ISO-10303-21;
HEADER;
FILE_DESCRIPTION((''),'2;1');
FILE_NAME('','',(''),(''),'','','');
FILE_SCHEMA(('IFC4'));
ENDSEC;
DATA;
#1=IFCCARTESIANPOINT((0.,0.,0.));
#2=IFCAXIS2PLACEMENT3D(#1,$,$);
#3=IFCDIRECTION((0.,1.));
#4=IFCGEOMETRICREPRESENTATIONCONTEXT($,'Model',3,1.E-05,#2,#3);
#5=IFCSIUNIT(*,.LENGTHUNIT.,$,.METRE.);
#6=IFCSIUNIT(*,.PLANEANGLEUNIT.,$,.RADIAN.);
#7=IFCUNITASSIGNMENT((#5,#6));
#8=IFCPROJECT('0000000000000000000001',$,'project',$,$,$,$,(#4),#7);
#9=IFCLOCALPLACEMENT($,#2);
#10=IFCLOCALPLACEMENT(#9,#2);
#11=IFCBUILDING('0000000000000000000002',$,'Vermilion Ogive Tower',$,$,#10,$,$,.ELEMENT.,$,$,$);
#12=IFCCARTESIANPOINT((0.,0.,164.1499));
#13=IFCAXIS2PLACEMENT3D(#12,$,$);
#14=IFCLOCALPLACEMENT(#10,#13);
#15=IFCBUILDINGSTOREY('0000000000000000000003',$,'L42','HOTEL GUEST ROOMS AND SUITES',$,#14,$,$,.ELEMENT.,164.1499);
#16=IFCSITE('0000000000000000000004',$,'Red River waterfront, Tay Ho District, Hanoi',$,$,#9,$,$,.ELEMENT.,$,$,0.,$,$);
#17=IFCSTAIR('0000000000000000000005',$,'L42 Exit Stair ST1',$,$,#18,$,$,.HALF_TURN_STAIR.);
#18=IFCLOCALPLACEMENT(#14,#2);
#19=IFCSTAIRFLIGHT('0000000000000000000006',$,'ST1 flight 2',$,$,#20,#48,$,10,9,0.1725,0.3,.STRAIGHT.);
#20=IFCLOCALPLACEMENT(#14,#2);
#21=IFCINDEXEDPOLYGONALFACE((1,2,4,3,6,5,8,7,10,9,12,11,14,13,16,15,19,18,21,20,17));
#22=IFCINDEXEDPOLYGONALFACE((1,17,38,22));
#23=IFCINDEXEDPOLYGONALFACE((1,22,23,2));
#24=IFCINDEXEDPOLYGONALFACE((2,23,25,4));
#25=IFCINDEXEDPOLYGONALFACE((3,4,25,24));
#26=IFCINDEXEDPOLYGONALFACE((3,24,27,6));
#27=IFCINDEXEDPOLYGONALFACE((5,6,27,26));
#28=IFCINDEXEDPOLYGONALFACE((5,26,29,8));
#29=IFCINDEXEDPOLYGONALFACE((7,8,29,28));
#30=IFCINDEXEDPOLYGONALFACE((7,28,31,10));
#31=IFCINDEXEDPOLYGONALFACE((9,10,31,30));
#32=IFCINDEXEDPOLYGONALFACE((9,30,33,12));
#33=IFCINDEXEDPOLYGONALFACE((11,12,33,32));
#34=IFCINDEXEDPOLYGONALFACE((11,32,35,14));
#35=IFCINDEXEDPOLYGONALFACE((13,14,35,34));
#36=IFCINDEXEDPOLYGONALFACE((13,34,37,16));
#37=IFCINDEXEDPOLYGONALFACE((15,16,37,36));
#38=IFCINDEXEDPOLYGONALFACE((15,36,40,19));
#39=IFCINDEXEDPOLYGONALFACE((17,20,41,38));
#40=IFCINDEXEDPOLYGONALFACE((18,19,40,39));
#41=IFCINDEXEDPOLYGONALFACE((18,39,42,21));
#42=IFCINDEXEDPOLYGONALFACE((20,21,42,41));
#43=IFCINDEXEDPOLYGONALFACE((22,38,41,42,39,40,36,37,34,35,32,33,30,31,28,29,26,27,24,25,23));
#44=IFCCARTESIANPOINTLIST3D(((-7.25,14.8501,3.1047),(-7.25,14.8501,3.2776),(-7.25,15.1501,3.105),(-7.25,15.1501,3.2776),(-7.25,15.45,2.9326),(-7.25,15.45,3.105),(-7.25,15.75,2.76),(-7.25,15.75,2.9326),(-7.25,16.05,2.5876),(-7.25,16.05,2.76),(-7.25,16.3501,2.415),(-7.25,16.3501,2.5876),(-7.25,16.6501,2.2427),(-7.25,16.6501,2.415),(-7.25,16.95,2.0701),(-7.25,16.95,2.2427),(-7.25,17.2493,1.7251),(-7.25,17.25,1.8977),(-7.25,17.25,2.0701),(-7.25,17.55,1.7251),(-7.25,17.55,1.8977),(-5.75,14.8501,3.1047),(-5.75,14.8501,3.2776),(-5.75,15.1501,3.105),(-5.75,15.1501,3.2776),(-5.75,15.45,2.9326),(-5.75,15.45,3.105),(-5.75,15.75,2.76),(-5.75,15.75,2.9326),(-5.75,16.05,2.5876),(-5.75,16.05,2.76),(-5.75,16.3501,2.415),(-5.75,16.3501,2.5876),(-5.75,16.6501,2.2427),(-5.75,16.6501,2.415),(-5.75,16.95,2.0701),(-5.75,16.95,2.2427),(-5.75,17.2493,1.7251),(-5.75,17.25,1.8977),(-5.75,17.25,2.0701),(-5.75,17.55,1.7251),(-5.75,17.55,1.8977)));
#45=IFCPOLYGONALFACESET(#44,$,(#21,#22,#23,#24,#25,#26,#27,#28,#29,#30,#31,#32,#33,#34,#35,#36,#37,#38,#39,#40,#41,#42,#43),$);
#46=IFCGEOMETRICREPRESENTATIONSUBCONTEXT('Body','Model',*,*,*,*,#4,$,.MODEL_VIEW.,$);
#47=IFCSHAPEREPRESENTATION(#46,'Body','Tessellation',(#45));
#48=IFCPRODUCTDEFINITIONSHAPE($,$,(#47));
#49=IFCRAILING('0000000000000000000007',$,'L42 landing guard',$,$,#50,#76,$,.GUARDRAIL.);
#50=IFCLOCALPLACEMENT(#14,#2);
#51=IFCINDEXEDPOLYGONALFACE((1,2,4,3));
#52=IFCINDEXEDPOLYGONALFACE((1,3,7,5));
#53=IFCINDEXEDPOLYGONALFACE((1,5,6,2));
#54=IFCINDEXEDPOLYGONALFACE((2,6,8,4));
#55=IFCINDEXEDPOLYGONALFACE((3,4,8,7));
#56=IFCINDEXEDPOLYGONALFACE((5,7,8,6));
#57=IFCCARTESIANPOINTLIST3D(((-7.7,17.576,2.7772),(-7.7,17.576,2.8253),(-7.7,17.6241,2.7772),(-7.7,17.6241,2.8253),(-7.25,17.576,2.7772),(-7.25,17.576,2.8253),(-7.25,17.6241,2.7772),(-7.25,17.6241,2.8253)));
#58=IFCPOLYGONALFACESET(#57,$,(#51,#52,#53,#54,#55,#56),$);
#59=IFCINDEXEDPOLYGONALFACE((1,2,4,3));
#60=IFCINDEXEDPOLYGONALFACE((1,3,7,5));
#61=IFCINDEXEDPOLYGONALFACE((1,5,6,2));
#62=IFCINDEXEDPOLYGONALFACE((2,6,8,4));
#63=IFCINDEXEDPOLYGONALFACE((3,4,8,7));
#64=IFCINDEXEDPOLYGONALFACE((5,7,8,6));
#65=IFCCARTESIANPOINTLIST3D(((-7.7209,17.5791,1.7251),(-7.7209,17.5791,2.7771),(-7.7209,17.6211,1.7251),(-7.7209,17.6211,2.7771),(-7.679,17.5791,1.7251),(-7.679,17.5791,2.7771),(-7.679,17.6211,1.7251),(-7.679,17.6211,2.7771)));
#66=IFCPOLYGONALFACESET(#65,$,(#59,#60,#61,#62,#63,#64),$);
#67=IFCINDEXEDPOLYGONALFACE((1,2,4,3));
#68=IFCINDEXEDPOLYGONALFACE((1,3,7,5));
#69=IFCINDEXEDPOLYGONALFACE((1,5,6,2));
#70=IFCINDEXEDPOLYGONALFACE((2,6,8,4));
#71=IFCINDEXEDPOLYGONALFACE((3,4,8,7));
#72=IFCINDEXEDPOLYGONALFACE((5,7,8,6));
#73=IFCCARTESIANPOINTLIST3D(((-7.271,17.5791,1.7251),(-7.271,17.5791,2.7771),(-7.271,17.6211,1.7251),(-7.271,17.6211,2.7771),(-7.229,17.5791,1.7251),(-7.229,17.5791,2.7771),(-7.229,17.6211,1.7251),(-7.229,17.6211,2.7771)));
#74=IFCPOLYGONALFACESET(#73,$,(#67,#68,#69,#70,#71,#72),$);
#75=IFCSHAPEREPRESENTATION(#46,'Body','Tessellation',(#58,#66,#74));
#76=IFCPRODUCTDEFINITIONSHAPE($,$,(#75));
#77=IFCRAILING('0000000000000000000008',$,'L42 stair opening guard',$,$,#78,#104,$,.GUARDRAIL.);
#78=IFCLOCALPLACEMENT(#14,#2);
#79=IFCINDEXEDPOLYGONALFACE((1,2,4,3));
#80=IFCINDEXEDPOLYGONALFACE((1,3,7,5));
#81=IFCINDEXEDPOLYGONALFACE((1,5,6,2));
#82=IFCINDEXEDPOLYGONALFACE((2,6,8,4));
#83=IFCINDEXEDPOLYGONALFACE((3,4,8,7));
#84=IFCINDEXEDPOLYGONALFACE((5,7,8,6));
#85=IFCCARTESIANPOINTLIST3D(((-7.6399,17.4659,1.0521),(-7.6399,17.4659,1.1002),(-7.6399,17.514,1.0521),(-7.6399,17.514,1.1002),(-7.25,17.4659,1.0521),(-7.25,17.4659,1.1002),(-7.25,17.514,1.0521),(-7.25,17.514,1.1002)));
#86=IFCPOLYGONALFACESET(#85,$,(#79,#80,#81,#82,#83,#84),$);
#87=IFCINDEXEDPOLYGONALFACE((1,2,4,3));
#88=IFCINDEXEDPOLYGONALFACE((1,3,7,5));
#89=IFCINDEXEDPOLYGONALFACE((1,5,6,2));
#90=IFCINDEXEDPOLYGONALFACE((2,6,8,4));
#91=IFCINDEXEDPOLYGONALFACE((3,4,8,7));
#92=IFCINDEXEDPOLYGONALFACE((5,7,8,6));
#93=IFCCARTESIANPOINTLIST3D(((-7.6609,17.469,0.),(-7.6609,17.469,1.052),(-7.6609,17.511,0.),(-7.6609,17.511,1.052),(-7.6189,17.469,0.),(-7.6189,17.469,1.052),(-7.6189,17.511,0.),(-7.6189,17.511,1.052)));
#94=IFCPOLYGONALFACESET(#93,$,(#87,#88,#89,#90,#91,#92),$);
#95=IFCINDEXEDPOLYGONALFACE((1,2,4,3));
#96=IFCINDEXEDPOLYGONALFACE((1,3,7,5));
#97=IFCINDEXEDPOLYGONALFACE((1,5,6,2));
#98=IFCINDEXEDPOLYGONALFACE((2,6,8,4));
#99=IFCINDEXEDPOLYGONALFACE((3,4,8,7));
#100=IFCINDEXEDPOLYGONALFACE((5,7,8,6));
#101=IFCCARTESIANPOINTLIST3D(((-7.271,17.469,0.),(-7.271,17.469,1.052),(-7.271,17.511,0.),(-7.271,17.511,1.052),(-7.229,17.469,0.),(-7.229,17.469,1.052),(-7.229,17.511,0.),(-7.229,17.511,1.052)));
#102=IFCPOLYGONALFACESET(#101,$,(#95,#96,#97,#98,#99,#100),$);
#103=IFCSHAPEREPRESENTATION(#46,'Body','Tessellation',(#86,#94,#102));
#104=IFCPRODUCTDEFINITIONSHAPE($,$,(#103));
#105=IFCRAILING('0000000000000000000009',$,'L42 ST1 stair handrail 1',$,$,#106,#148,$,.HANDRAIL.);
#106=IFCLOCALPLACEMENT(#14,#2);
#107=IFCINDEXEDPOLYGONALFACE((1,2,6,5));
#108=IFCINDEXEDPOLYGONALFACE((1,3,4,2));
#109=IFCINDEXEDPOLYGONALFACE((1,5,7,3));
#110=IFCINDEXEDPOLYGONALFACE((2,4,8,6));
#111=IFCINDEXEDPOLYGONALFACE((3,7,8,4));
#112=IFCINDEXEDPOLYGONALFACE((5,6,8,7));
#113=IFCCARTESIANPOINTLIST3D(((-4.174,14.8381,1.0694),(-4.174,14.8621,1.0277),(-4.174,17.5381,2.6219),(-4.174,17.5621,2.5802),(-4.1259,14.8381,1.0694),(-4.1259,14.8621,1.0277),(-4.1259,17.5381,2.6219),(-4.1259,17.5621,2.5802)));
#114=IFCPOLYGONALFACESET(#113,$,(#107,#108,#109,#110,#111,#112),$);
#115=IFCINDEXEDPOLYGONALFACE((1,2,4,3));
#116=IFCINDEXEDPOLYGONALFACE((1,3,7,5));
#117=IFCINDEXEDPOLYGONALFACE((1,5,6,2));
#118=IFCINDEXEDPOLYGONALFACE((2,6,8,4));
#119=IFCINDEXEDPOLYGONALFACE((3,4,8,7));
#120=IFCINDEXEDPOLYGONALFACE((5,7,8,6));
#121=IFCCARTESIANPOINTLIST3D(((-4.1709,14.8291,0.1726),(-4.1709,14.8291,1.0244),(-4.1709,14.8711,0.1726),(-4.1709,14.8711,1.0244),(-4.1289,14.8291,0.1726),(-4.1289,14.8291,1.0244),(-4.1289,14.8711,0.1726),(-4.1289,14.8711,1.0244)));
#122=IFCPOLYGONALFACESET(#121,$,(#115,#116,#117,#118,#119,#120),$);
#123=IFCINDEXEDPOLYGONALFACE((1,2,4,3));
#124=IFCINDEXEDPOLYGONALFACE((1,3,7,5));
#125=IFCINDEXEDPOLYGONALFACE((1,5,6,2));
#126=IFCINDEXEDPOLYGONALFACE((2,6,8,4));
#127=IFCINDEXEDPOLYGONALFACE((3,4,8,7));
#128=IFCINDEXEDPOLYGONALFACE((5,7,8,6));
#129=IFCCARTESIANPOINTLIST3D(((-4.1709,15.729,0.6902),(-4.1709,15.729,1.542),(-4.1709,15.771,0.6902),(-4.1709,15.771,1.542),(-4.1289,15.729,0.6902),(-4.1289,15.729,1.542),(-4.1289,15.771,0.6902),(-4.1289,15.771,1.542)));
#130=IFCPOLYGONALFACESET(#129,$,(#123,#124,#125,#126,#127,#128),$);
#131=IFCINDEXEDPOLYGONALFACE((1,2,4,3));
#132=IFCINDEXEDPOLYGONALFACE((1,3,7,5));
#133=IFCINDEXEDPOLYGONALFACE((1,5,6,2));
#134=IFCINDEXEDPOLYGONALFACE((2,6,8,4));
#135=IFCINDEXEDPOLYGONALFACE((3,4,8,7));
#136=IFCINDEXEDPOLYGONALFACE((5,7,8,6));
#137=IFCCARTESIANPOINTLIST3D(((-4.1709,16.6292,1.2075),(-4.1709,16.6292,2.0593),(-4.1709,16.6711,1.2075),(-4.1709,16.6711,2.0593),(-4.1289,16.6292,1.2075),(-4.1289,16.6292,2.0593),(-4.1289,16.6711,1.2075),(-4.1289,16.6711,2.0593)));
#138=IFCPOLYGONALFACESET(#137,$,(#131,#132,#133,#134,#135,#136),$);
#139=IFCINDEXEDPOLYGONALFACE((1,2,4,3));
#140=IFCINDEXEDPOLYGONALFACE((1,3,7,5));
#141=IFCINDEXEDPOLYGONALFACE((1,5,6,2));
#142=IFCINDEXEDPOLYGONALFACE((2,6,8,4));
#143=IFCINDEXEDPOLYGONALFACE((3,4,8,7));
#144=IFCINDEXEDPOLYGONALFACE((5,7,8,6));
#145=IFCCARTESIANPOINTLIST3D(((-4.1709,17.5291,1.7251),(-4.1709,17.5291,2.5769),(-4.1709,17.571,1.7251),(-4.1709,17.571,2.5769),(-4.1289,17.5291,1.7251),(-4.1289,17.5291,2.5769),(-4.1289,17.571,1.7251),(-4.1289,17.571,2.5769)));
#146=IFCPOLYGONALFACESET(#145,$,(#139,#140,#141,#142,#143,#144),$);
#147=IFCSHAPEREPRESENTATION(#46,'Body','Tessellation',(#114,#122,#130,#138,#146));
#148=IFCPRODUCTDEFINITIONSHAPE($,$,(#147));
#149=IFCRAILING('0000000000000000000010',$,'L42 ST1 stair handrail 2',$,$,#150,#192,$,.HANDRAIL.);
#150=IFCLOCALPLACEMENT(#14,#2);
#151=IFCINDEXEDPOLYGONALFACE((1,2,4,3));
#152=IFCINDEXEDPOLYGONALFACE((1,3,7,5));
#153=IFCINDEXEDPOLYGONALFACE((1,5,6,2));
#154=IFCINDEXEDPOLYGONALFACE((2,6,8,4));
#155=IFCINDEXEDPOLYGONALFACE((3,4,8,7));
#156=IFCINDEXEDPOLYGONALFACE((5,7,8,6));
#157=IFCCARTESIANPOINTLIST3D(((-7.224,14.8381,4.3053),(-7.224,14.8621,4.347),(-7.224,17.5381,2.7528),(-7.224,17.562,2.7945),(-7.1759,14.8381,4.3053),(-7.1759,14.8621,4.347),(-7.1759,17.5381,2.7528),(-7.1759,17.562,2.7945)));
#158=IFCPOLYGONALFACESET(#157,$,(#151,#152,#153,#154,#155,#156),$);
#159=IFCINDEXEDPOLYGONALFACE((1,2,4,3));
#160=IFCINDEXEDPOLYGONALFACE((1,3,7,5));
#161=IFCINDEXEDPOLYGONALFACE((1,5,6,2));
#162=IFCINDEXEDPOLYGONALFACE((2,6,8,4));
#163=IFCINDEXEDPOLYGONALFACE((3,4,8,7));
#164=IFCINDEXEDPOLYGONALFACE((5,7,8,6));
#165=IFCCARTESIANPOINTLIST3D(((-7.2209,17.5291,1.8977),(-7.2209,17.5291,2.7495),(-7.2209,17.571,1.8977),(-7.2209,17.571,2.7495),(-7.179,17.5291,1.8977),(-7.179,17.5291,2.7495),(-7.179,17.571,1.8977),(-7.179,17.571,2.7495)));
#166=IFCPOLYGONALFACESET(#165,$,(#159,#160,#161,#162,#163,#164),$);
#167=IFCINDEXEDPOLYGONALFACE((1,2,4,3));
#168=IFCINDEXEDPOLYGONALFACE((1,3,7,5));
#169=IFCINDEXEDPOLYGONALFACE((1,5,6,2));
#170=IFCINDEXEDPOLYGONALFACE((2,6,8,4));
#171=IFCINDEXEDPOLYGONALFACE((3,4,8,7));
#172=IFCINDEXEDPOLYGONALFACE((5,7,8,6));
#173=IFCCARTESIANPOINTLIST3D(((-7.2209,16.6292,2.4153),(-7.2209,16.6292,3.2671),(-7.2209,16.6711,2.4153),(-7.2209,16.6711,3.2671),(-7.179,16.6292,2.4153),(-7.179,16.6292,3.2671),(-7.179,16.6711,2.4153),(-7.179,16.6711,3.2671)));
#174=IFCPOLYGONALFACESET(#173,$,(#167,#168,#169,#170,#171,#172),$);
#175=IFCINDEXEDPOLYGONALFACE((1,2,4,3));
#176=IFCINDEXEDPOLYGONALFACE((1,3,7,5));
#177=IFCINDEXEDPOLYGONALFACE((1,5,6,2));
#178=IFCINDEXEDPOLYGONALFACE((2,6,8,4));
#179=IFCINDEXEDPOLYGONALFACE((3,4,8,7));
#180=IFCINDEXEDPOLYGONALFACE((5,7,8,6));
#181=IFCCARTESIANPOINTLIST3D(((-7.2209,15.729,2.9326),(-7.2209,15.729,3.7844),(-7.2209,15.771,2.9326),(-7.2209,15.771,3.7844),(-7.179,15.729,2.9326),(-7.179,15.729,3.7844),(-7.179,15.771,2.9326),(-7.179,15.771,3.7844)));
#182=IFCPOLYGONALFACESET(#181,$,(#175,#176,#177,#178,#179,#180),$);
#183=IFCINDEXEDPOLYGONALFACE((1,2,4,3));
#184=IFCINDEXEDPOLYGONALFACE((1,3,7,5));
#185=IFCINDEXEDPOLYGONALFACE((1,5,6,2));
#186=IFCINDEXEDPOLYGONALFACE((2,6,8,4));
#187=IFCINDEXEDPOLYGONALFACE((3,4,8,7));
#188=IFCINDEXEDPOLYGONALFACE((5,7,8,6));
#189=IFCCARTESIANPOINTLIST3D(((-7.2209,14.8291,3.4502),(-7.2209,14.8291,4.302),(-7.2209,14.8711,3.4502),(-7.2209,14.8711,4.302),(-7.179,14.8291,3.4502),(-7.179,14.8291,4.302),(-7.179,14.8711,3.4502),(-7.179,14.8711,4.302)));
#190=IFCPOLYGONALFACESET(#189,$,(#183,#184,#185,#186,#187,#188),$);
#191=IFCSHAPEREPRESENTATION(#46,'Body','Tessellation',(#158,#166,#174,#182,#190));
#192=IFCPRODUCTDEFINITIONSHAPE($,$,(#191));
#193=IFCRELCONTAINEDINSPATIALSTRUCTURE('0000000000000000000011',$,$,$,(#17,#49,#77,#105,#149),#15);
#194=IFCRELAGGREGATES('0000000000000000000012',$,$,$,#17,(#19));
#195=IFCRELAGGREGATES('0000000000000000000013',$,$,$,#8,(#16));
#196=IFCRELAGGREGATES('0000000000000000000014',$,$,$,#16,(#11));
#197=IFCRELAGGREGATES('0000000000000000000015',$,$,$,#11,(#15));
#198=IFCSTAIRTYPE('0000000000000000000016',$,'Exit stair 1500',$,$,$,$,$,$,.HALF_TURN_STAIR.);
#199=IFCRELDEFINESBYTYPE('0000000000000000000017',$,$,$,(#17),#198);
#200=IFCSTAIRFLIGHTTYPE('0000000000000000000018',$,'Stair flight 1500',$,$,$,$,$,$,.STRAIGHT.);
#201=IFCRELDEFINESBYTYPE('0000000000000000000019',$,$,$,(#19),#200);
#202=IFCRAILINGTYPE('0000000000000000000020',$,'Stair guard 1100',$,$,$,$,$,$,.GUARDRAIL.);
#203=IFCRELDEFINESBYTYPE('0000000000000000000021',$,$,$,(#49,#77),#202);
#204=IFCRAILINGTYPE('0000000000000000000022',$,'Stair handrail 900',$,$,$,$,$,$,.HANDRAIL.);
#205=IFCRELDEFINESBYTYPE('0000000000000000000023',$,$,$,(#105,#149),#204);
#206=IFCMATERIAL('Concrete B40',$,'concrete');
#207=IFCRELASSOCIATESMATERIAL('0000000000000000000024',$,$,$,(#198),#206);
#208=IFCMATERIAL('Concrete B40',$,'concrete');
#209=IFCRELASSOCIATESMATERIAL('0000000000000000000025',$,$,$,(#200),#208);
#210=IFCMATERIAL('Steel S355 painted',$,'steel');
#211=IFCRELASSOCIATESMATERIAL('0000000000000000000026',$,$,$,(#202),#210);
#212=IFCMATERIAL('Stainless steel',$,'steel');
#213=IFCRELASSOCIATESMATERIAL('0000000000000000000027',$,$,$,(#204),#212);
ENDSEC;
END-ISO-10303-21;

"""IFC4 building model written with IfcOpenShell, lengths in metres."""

from ifc_helpers import new_model, si_unit, direction, frame, origin, origin_2d, place, context, subcontext, project, spatial, polyline, rectangle, outline, extrude, material, type_object, element, aggregate, save


model = new_model("IFC4")

# Units and contexts
model_context = context("Model", 3, precision=1e-05, world=origin(), true_north=direction((0.0, 1.0)))
body_context = subcontext(model_context, "Body", "Model", "MODEL_VIEW")
ifc_project = project(units=[si_unit("LENGTHUNIT", "METRE"), si_unit("PLANEANGLEUNIT", "RADIAN")], contexts=[model_context])

# Site, building, storey
site_placement = place(None, origin())
site = spatial("IfcSite", under=ifc_project, at=site_placement, Name="Red River waterfront, Tay Ho District, Hanoi", CompositionType="ELEMENT", RefElevation=0.0)
building_placement = place(site_placement, origin())
building = spatial("IfcBuilding", under=site, at=building_placement, Name="Vermilion Ogive Tower", CompositionType="ELEMENT")
storey_placement = place(building_placement, frame((0.0, 0.0, 164.1499)))
storey = spatial("IfcBuildingStorey", under=building, at=storey_placement, Name="L42", Description="HOTEL GUEST ROOMS AND SUITES", CompositionType="ELEMENT", Elevation=164.1499)

# Stair, stair flight
ifc_material_1 = material(Name="Concrete B40", Category="concrete")
stair_type = type_object("IfcStairType", Name="Exit stair 1500", PredefinedType="HALF_TURN_STAIR", material=ifc_material_1)
stair_placement = place(storey_placement, origin())
stair = element("IfcStair", 1, at=stair_placement, inside=storey, type_object=stair_type, Name="L42 Exit Stair ST1", PredefinedType="HALF_TURN_STAIR")
ifc_material_2 = material(Name="Concrete B40", Category="concrete")
stair_flight_type = type_object("IfcStairFlightType", Name="Stair flight 1500", PredefinedType="STRAIGHT", material=ifc_material_2)
stair_flight_placement = place(storey_placement, frame((-6.5, 17.55, 1.7251), z_axis=(0.0, 0.0, 1.0), x_axis=(0.0, -1.0, 0.0)))
stair_flight = element("IfcStairFlight", 2, at=stair_flight_placement, type_object=stair_flight_type, Name="ST1 flight 2", NumberOfRisers=10, NumberOfTreads=9, PredefinedType="STRAIGHT", RiserHeight=0.1725, TreadLength=0.3, context=body_context, shape_type="SweptSolid", body=[
    extrude(outline(polyline([(0.0, 0.0), (0.0, 0.1726), (0.3, 0.1726), (0.3, 0.345), (0.6001, 0.345), (0.6001, 0.5176), (0.8999, 0.5176), (0.8999, 0.6899), (1.2, 0.6899), (1.2, 0.8625), (1.5, 0.8625), (1.5, 1.0349), (1.8, 1.0349), (1.8, 1.2075), (2.1001, 1.2075), (2.1001, 1.3799), (2.3999, 1.3799), (2.3999, 1.5525), (2.7, 1.5525), (2.7, 1.7251), (2.7, 1.3796), (0.3008, 0.0), (0.0, 0.0)])), frame((0.0, 0.75, 0.0), z_axis=(0.0, -1.0, 0.0), x_axis=(1.0, 0.0, 0.0)), (0.0, 0.0, 1.0), 1.5),
])
aggregate(stair, [stair_flight])

# Railings
ifc_material_3 = material(Name="Steel S355 painted", Category="steel")
railing_type_1 = type_object("IfcRailingType", Name="Stair guard 1100", PredefinedType="GUARDRAIL", material=ifc_material_3)
railing_1_placement = place(storey_placement, frame((-7.7, 17.6001, 1.7251)))
element("IfcRailing", 3, at=railing_1_placement, inside=storey, type_object=railing_type_1, Name="L42 landing guard", PredefinedType="GUARDRAIL", context=body_context, shape_type="SweptSolid", body=[
    extrude(rectangle(XDim=0.0481, YDim=0.0481, at=origin_2d()), frame((0.0, 0.0, 1.0762), z_axis=(1.0, 0.0, 0.0), x_axis=(0.0, 1.0, 0.0)), (0.0, 0.0, 1.0), 0.45),
    extrude(rectangle(XDim=0.042, YDim=0.042, at=origin_2d()), origin(), (0.0, 0.0, 1.0), 1.052),
    extrude(rectangle(XDim=0.042, YDim=0.042, at=origin_2d()), frame((0.45, 0.0, 0.0)), (0.0, 0.0, 1.0), 1.052),
])
railing_2_placement = place(storey_placement, frame((-7.6399, 17.49, 0.0)))
element("IfcRailing", 4, at=railing_2_placement, inside=storey, type_object=railing_type_1, Name="L42 stair opening guard", PredefinedType="GUARDRAIL", context=body_context, shape_type="SweptSolid", body=[
    extrude(rectangle(XDim=0.0481, YDim=0.0481, at=origin_2d()), frame((0.0, 0.0, 1.0762), z_axis=(1.0, 0.0, 0.0), x_axis=(0.0, 1.0, 0.0)), (0.0, 0.0, 1.0), 0.3899),
    extrude(rectangle(XDim=0.042, YDim=0.042, at=origin_2d()), origin(), (0.0, 0.0, 1.0), 1.052),
    extrude(rectangle(XDim=0.042, YDim=0.042, at=origin_2d()), frame((0.3899, 0.0, 0.0)), (0.0, 0.0, 1.0), 1.052),
])
ifc_material_4 = material(Name="Stainless steel", Category="steel")
railing_type_2 = type_object("IfcRailingType", Name="Stair handrail 900", PredefinedType="HANDRAIL", material=ifc_material_4)
railing_3_placement = place(storey_placement, frame((-4.1499, 14.8501, 0.1726)))
element("IfcRailing", 5, at=railing_3_placement, inside=storey, type_object=railing_type_2, Name="L42 ST1 stair handrail 1", PredefinedType="HANDRAIL", context=body_context, shape_type="SweptSolid", body=[
    extrude(rectangle(XDim=0.0481, YDim=0.0481, at=origin_2d()), frame((0.0, 0.0, 0.876), z_axis=(0.0, 0.866904, 0.498476), x_axis=(-1.0, 0.0, 0.0)), (0.0, 0.0, 1.0), 3.1145),
    extrude(rectangle(XDim=0.042, YDim=0.042, at=origin_2d()), origin(), (0.0, 0.0, 1.0), 0.8518),
    extrude(rectangle(XDim=0.042, YDim=0.042, at=origin_2d()), frame((0.0, 0.8999, 0.5176)), (0.0, 0.0, 1.0), 0.8518),
    extrude(rectangle(XDim=0.042, YDim=0.042, at=origin_2d()), frame((0.0, 1.8, 1.0349)), (0.0, 0.0, 1.0), 0.8518),
    extrude(rectangle(XDim=0.042, YDim=0.042, at=origin_2d()), frame((0.0, 2.7, 1.5525)), (0.0, 0.0, 1.0), 0.8518),
])
railing_4_placement = place(storey_placement, frame((-7.2, 17.55, 1.8977)))
element("IfcRailing", 6, at=railing_4_placement, inside=storey, type_object=railing_type_2, Name="L42 ST1 stair handrail 2", PredefinedType="HANDRAIL", context=body_context, shape_type="SweptSolid", body=[
    extrude(rectangle(XDim=0.0481, YDim=0.0481, at=origin_2d()), frame((0.0, 0.0, 0.876), z_axis=(0.0, -0.866904, 0.498476), x_axis=(1.0, 0.0, 0.0)), (0.0, 0.0, 1.0), 3.1145),
    extrude(rectangle(XDim=0.042, YDim=0.042, at=origin_2d()), origin(), (0.0, 0.0, 1.0), 0.8518),
    extrude(rectangle(XDim=0.042, YDim=0.042, at=origin_2d()), frame((0.0, -0.8999, 0.5176)), (0.0, 0.0, 1.0), 0.8518),
    extrude(rectangle(XDim=0.042, YDim=0.042, at=origin_2d()), frame((0.0, -1.8, 1.0349)), (0.0, 0.0, 1.0), 0.8518),
    extrude(rectangle(XDim=0.042, YDim=0.042, at=origin_2d()), frame((0.0, -2.7, 1.5525)), (0.0, 0.0, 1.0), 0.8518),
])

save(model, "model.ifc")
